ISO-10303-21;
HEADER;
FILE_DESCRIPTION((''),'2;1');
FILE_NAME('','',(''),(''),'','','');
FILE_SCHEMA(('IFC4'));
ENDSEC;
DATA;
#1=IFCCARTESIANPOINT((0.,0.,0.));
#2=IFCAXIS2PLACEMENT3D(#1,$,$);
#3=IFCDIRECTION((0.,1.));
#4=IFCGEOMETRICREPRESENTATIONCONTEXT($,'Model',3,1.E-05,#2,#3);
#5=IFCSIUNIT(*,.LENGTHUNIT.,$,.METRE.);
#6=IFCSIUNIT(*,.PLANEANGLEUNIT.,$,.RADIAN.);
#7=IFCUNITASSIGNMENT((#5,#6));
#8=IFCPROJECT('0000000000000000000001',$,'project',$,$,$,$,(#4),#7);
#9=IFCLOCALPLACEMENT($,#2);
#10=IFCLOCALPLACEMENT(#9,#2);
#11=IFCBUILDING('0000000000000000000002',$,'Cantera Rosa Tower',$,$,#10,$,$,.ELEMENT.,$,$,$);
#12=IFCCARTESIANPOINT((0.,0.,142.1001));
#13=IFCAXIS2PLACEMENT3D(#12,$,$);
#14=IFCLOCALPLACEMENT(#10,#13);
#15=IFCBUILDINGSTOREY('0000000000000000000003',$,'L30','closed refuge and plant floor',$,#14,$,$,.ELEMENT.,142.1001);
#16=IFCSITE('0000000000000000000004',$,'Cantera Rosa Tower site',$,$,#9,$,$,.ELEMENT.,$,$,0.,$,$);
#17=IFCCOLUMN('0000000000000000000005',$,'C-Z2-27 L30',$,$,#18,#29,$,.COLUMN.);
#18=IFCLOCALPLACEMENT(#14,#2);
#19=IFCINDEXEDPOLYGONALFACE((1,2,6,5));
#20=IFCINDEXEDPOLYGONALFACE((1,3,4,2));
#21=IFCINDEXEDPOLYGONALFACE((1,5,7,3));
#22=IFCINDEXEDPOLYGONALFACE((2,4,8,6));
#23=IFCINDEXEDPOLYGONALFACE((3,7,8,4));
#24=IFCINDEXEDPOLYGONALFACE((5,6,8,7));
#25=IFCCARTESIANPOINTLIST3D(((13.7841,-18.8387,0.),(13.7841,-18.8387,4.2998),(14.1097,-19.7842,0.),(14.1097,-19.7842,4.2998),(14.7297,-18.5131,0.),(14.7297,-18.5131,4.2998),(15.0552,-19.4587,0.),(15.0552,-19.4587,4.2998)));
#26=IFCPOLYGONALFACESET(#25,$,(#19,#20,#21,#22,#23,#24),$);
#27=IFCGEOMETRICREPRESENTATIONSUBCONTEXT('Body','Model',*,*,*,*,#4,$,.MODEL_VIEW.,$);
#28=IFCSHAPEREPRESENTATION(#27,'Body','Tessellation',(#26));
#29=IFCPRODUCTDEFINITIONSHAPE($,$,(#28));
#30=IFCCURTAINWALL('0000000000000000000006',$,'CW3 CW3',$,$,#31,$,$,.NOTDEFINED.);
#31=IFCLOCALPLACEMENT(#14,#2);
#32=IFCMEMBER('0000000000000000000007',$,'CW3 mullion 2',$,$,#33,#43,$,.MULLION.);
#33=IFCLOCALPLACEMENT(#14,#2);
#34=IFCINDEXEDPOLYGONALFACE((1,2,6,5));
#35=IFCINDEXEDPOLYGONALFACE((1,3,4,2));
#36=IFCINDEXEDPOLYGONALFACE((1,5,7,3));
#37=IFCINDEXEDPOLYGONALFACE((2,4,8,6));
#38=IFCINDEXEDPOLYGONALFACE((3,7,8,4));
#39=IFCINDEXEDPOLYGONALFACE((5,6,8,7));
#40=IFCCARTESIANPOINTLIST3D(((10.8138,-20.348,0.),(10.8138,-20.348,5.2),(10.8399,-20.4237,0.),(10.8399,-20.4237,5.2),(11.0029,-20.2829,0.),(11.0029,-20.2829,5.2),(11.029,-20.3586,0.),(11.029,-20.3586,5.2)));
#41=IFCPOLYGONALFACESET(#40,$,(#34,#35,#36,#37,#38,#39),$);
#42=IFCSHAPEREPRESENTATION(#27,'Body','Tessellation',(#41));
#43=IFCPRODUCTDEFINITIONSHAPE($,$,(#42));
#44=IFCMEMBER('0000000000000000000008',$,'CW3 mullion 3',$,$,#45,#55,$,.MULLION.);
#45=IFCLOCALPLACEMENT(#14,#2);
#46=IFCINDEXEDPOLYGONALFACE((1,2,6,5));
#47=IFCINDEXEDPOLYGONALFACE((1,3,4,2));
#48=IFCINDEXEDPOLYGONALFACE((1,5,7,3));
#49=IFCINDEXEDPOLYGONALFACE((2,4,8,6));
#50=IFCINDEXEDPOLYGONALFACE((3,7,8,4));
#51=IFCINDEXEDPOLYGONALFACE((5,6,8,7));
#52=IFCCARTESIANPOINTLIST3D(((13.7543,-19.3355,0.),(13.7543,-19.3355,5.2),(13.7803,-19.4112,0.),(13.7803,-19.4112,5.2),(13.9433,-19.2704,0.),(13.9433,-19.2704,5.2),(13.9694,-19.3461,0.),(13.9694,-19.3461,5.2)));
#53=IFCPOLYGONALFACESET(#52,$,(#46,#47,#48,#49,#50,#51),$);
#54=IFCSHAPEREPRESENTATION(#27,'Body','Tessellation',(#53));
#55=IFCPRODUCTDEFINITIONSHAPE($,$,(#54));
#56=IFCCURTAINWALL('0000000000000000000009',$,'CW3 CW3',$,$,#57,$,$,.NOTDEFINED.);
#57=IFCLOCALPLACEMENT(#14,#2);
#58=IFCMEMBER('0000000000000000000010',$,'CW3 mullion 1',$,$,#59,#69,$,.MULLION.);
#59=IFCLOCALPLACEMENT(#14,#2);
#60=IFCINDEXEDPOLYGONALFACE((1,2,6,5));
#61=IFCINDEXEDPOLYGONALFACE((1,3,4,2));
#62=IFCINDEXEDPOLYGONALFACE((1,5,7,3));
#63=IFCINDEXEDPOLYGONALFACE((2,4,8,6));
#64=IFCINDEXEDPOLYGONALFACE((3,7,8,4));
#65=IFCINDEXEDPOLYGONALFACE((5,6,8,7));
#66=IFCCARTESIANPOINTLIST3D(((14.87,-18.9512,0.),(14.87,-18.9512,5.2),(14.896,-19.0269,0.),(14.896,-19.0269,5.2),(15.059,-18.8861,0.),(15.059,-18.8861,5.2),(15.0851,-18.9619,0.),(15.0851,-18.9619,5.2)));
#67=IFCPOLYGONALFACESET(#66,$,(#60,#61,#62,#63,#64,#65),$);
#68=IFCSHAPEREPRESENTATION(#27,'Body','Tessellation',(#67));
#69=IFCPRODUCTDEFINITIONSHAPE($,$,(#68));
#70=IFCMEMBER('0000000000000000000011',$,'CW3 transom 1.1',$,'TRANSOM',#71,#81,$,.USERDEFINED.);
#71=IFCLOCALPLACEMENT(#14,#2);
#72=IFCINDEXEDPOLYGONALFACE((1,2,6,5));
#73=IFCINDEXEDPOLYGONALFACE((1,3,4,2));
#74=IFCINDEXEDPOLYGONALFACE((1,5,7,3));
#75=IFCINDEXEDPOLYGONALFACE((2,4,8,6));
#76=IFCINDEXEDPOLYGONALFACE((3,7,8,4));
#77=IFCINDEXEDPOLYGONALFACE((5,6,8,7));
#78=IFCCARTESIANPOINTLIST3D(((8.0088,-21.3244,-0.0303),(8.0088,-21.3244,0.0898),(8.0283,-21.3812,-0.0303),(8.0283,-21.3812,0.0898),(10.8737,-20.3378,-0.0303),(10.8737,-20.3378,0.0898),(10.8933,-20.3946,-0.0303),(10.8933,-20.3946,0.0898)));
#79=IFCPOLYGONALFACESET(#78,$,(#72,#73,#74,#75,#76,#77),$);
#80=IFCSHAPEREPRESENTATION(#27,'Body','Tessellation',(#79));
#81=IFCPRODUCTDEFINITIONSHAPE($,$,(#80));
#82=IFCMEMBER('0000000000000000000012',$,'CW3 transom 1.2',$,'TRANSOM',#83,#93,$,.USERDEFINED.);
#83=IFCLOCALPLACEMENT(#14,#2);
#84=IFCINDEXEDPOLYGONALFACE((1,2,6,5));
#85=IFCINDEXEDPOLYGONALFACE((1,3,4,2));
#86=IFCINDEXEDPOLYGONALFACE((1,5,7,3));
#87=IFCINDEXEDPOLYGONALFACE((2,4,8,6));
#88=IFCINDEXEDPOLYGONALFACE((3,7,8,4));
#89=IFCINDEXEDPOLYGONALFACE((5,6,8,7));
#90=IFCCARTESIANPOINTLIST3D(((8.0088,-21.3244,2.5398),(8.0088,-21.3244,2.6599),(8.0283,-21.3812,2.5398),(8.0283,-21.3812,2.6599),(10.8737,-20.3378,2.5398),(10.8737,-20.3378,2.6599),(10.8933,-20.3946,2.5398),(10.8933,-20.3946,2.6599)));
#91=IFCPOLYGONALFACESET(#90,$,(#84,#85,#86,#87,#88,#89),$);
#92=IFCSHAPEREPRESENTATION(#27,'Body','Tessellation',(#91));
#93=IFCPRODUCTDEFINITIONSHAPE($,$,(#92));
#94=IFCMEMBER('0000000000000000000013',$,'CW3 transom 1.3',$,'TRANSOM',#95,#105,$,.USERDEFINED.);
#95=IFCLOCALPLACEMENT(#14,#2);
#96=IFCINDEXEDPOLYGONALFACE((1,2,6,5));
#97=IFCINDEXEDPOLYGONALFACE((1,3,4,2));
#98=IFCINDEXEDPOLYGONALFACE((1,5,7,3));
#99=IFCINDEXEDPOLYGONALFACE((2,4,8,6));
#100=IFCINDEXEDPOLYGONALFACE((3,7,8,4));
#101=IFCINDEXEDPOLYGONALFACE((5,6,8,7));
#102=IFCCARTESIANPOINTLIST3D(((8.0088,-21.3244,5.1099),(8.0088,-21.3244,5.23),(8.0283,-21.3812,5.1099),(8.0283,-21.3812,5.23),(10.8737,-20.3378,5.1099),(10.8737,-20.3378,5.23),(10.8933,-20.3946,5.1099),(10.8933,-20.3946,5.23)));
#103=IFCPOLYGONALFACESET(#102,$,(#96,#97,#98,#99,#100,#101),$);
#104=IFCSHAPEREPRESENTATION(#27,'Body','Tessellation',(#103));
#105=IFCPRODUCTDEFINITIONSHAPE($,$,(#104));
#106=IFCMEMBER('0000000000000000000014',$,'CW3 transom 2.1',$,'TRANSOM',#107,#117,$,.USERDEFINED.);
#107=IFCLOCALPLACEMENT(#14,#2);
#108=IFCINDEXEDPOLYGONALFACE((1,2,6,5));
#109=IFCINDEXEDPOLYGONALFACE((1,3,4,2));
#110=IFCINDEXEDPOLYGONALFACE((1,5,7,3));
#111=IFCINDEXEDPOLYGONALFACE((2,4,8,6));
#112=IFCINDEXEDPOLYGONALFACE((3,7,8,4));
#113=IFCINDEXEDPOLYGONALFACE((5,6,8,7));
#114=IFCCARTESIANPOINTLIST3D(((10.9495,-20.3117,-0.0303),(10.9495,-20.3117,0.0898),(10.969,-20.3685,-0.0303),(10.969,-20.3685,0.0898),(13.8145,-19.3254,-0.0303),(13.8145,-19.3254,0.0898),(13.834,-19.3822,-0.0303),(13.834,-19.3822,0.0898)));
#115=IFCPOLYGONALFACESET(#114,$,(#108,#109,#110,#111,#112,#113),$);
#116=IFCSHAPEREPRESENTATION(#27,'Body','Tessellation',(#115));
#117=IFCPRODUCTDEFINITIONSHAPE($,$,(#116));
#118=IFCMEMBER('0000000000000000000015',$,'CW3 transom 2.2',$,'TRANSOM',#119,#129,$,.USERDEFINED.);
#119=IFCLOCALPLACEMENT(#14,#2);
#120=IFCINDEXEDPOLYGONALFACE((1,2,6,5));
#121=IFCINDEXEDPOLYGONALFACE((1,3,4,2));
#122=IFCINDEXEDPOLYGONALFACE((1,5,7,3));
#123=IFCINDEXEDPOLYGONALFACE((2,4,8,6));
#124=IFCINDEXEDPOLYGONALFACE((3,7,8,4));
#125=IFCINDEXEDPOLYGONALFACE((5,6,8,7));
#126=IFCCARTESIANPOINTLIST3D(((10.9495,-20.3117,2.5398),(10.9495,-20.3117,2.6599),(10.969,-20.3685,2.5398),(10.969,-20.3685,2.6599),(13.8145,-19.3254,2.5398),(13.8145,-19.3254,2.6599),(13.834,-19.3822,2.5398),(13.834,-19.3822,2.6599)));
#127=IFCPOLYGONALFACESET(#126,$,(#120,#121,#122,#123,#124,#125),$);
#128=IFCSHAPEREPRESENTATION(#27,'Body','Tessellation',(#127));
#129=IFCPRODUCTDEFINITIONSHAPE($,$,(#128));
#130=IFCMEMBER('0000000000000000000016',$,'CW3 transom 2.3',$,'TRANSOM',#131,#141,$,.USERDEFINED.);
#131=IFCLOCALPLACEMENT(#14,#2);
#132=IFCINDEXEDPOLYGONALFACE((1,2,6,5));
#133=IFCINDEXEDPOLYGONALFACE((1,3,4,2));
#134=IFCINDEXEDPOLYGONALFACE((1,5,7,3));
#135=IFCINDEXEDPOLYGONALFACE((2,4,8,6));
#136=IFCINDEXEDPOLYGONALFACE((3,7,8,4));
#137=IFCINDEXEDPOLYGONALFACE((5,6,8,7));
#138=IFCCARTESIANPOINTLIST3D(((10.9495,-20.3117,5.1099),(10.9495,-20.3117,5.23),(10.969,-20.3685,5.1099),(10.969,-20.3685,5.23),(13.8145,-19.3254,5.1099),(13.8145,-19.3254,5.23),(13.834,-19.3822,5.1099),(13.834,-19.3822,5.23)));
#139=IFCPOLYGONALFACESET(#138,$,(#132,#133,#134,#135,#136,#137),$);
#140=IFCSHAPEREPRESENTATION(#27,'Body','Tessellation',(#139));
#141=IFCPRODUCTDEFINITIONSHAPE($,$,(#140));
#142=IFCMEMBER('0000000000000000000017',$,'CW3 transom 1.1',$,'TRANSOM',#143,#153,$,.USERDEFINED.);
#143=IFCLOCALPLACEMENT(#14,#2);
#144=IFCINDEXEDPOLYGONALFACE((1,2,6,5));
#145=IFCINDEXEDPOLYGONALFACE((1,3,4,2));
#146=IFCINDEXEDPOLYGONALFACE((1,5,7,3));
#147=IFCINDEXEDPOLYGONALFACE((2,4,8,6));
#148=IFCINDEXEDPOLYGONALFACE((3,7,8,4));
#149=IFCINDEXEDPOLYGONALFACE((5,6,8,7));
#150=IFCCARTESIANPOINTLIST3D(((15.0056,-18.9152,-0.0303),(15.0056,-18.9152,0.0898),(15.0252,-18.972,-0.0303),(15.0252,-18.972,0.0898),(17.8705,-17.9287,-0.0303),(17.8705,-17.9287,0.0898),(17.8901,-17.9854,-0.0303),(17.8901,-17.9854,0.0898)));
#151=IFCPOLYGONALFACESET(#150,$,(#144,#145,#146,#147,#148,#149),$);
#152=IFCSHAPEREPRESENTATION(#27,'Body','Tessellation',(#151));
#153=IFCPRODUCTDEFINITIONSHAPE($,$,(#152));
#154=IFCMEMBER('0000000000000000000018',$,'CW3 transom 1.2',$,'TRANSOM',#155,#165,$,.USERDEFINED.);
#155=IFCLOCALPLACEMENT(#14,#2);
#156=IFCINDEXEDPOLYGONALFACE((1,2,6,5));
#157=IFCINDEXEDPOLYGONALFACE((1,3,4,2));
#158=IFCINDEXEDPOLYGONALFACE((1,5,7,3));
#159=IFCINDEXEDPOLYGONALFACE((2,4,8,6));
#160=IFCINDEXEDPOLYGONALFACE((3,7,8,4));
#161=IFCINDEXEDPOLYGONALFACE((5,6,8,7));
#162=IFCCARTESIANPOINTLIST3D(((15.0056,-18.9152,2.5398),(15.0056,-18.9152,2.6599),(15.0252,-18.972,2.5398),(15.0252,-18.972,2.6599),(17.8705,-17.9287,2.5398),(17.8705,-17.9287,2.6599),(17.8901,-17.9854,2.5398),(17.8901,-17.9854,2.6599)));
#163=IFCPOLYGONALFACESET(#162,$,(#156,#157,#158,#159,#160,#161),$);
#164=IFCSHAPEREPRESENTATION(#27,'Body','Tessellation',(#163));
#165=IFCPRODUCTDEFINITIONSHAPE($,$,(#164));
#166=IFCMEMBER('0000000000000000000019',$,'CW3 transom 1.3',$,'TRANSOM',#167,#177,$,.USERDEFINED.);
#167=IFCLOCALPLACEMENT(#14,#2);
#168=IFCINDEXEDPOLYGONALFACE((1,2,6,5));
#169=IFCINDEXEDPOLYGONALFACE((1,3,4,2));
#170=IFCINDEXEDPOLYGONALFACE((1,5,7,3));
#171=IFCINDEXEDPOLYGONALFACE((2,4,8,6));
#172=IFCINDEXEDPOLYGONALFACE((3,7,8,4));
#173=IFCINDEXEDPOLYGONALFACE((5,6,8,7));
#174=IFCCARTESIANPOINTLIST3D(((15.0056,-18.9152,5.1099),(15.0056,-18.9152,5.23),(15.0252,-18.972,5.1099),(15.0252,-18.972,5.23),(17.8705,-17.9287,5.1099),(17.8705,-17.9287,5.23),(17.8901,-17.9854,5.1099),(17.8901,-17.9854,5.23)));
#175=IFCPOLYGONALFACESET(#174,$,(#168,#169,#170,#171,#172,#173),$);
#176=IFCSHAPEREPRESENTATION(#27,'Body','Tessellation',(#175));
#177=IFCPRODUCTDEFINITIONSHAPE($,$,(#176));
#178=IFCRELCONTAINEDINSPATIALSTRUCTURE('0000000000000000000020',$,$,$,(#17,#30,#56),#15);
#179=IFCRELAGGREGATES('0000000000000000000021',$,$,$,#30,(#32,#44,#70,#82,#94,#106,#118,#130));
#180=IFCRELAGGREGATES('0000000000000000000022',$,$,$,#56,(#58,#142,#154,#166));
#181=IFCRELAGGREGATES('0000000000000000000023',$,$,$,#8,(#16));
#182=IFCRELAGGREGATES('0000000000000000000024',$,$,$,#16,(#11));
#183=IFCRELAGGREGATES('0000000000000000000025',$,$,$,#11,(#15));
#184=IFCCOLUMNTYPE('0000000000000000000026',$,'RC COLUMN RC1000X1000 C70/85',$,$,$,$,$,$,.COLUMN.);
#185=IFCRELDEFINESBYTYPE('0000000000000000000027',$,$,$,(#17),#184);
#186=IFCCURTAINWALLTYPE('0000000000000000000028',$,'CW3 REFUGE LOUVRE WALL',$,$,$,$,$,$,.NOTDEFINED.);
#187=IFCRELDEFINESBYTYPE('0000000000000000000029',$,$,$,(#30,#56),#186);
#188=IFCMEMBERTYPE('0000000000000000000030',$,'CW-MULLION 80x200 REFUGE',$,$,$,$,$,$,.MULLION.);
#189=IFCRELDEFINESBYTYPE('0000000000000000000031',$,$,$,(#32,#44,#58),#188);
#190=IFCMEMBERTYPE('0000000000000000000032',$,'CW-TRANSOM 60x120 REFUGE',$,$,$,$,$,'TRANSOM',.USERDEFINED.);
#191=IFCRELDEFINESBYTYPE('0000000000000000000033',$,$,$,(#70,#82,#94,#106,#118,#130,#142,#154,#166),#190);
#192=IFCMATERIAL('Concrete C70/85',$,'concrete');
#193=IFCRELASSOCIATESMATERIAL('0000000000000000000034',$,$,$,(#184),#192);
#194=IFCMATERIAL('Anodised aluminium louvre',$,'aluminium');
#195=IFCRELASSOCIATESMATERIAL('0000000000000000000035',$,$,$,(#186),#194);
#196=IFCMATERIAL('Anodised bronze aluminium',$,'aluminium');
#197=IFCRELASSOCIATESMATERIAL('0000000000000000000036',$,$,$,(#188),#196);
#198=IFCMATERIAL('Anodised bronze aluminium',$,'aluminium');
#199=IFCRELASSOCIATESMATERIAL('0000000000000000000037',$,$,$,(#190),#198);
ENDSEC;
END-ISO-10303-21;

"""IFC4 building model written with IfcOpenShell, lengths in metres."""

from ifc_helpers import new_model, si_unit, direction, frame, origin, origin_2d, place, context, subcontext, project, spatial, rectangle, extrude, material, material_profile, profile_set, type_object, element, aggregate, save


model = new_model("IFC4")

# Units and contexts
model_context = context("Model", 3, precision=1e-05, world=origin(), true_north=direction((0.0, 1.0)))
body_context = subcontext(model_context, "Body", "Model", "MODEL_VIEW")
ifc_project = project(units=[si_unit("LENGTHUNIT", "METRE"), si_unit("PLANEANGLEUNIT", "RADIAN")], contexts=[model_context])

# Site, building, storey
site_placement = place(None, origin())
site = spatial("IfcSite", under=ifc_project, at=site_placement, Name="Cantera Rosa Tower site", CompositionType="ELEMENT", RefElevation=0.0)
building_placement = place(site_placement, origin())
building = spatial("IfcBuilding", under=site, at=building_placement, Name="Cantera Rosa Tower", CompositionType="ELEMENT")
storey_placement = place(building_placement, frame((0.0, 0.0, 142.1001)))
storey = spatial("IfcBuildingStorey", under=building, at=storey_placement, Name="L30", Description="closed refuge and plant floor", CompositionType="ELEMENT", Elevation=142.1001)

# Column
ifc_material_1 = material(Name="Concrete C70/85", Category="concrete")
ifc_material_profile_1 = material_profile(ifc_material_1, rectangle(XDim=1.0, YDim=1.0, at=origin_2d()), Name="RC COLUMN RC1000X1000 C70/85")
ifc_profile_set_1 = profile_set([ifc_material_profile_1], Name="Concrete C70/85")
column_type = type_object("IfcColumnType", Name="RC COLUMN RC1000X1000 C70/85", PredefinedType="COLUMN", material=ifc_profile_set_1)
column_placement = place(storey_placement, frame((14.4197, -19.1487, 0.0), z_axis=(0.0, 0.0, 1.0), x_axis=(0.945519, 0.325568, 0.0)))
element("IfcColumn", 1, at=column_placement, inside=storey, type_object=column_type, Name="C-Z2-27 L30", PredefinedType="COLUMN", context=body_context, shape_type="SweptSolid", body=[
    extrude(rectangle(XDim=1.0, YDim=1.0, at=origin_2d()), origin(), (0.0, 0.0, 1.0), 4.2998),
])

# Curtain wall, members
ifc_material_2 = material(Name="Anodised aluminium louvre", Category="aluminium")
curtain_wall_type = type_object("IfcCurtainWallType", Name="CW3 REFUGE LOUVRE WALL", PredefinedType="NOTDEFINED", material=ifc_material_2)
curtain_wall_1_placement = place(storey_placement, origin())
curtain_wall_1 = element("IfcCurtainWall", 2, at=curtain_wall_1_placement, inside=storey, type_object=curtain_wall_type, Name="CW3 CW3", PredefinedType="NOTDEFINED")
ifc_material_3 = material(Name="Anodised bronze aluminium", Category="aluminium")
ifc_material_profile_2 = material_profile(ifc_material_3, rectangle(XDim=0.0801, YDim=0.2, at=origin_2d()), Name="CW-MULLION 80x200 REFUGE")
ifc_profile_set_2 = profile_set([ifc_material_profile_2], Name="Anodised bronze aluminium")
member_type_1 = type_object("IfcMemberType", Name="CW-MULLION 80x200 REFUGE", PredefinedType="MULLION", material=ifc_profile_set_2)
member_1_placement = place(storey_placement, frame((10.9214, -20.3533, 0.0), z_axis=(0.0, 0.0, 1.0), x_axis=(-0.325568, 0.945519, 0.0)))
member_1 = element("IfcMember", 3, at=member_1_placement, type_object=member_type_1, Name="CW3 mullion 2", PredefinedType="MULLION", context=body_context, shape_type="SweptSolid", body=[
    extrude(rectangle(XDim=0.0801, YDim=0.2, at=origin_2d()), origin(), (0.0, 0.0, 1.0), 5.2),
])
member_2_placement = place(storey_placement, frame((13.8618, -19.3408, 0.0), z_axis=(0.0, 0.0, 1.0), x_axis=(-0.325568, 0.945519, 0.0)))
member_2 = element("IfcMember", 4, at=member_2_placement, type_object=member_type_1, Name="CW3 mullion 3", PredefinedType="MULLION", context=body_context, shape_type="SweptSolid", body=[
    extrude(rectangle(XDim=0.0801, YDim=0.2, at=origin_2d()), origin(), (0.0, 0.0, 1.0), 5.2),
])

# Curtain wall, member
curtain_wall_2_placement = place(storey_placement, origin())
curtain_wall_2 = element("IfcCurtainWall", 5, at=curtain_wall_2_placement, inside=storey, type_object=curtain_wall_type, Name="CW3 CW3", PredefinedType="NOTDEFINED")
member_3_placement = place(storey_placement, frame((14.9775, -18.9565, 0.0), z_axis=(0.0, 0.0, 1.0), x_axis=(-0.325568, 0.945519, 0.0)))
member_3 = element("IfcMember", 6, at=member_3_placement, type_object=member_type_1, Name="CW3 mullion 1", PredefinedType="MULLION", context=body_context, shape_type="SweptSolid", body=[
    extrude(rectangle(XDim=0.0801, YDim=0.2, at=origin_2d()), origin(), (0.0, 0.0, 1.0), 5.2),
])

# Members
ifc_material_4 = material(Name="Anodised bronze aluminium", Category="aluminium")
ifc_material_profile_3 = material_profile(ifc_material_4, rectangle(XDim=0.0601, YDim=0.1201, at=origin_2d()), Name="CW-TRANSOM 60x120 REFUGE")
ifc_profile_set_3 = profile_set([ifc_material_profile_3], Name="Anodised bronze aluminium")
member_type_2 = type_object("IfcMemberType", Name="CW-TRANSOM 60x120 REFUGE", ElementType="TRANSOM", PredefinedType="USERDEFINED", material=ifc_profile_set_3)
member_4_placement = place(storey_placement, frame((8.0186, -21.3528, 0.0298), z_axis=(0.945511, 0.325591, 0.0), x_axis=(-0.325591, 0.945511, 0.0)))
member_4 = element("IfcMember", 7, at=member_4_placement, type_object=member_type_2, Name="CW3 transom 1.1", ObjectType="TRANSOM", PredefinedType="USERDEFINED", context=body_context, shape_type="SweptSolid", body=[
    extrude(rectangle(XDim=0.0601, YDim=0.1201, at=origin_2d()), origin(), (0.0, 0.0, 1.0), 3.03),
])
member_5_placement = place(storey_placement, frame((8.0186, -21.3528, 2.5999), z_axis=(0.945511, 0.325591, 0.0), x_axis=(-0.325591, 0.945511, 0.0)))
member_5 = element("IfcMember", 8, at=member_5_placement, type_object=member_type_2, Name="CW3 transom 1.2", ObjectType="TRANSOM", PredefinedType="USERDEFINED", context=body_context, shape_type="SweptSolid", body=[
    extrude(rectangle(XDim=0.0601, YDim=0.1201, at=origin_2d()), origin(), (0.0, 0.0, 1.0), 3.03),
])
member_6_placement = place(storey_placement, frame((8.0186, -21.3528, 5.1699), z_axis=(0.945511, 0.325591, 0.0), x_axis=(-0.325591, 0.945511, 0.0)))
member_6 = element("IfcMember", 9, at=member_6_placement, type_object=member_type_2, Name="CW3 transom 1.3", ObjectType="TRANSOM", PredefinedType="USERDEFINED", context=body_context, shape_type="SweptSolid", body=[
    extrude(rectangle(XDim=0.0601, YDim=0.1201, at=origin_2d()), origin(), (0.0, 0.0, 1.0), 3.03),
])
member_7_placement = place(storey_placement, frame((10.9592, -20.3401, 0.0298), z_axis=(0.945536, 0.325519, 0.0), x_axis=(-0.325519, 0.945536, 0.0)))
member_7 = element("IfcMember", 10, at=member_7_placement, type_object=member_type_2, Name="CW3 transom 2.1", ObjectType="TRANSOM", PredefinedType="USERDEFINED", context=body_context, shape_type="SweptSolid", body=[
    extrude(rectangle(XDim=0.0601, YDim=0.1201, at=origin_2d()), origin(), (0.0, 0.0, 1.0), 3.03),
])
member_8_placement = place(storey_placement, frame((10.9592, -20.3401, 2.5999), z_axis=(0.945536, 0.325519, 0.0), x_axis=(-0.325519, 0.945536, 0.0)))
member_8 = element("IfcMember", 11, at=member_8_placement, type_object=member_type_2, Name="CW3 transom 2.2", ObjectType="TRANSOM", PredefinedType="USERDEFINED", context=body_context, shape_type="SweptSolid", body=[
    extrude(rectangle(XDim=0.0601, YDim=0.1201, at=origin_2d()), origin(), (0.0, 0.0, 1.0), 3.03),
])
member_9_placement = place(storey_placement, frame((10.9592, -20.3401, 5.1699), z_axis=(0.945536, 0.325519, 0.0), x_axis=(-0.325519, 0.945536, 0.0)))
member_9 = element("IfcMember", 12, at=member_9_placement, type_object=member_type_2, Name="CW3 transom 2.3", ObjectType="TRANSOM", PredefinedType="USERDEFINED", context=body_context, shape_type="SweptSolid", body=[
    extrude(rectangle(XDim=0.0601, YDim=0.1201, at=origin_2d()), origin(), (0.0, 0.0, 1.0), 3.03),
])
member_10_placement = place(storey_placement, frame((15.0154, -18.9436, 0.0298), z_axis=(0.945511, 0.325591, 0.0), x_axis=(-0.325591, 0.945511, 0.0)))
member_10 = element("IfcMember", 13, at=member_10_placement, type_object=member_type_2, Name="CW3 transom 1.1", ObjectType="TRANSOM", PredefinedType="USERDEFINED", context=body_context, shape_type="SweptSolid", body=[
    extrude(rectangle(XDim=0.0601, YDim=0.1201, at=origin_2d()), origin(), (0.0, 0.0, 1.0), 3.03),
])
member_11_placement = place(storey_placement, frame((15.0154, -18.9436, 2.5999), z_axis=(0.945511, 0.325591, 0.0), x_axis=(-0.325591, 0.945511, 0.0)))
member_11 = element("IfcMember", 14, at=member_11_placement, type_object=member_type_2, Name="CW3 transom 1.2", ObjectType="TRANSOM", PredefinedType="USERDEFINED", context=body_context, shape_type="SweptSolid", body=[
    extrude(rectangle(XDim=0.0601, YDim=0.1201, at=origin_2d()), origin(), (0.0, 0.0, 1.0), 3.03),
])
member_12_placement = place(storey_placement, frame((15.0154, -18.9436, 5.1699), z_axis=(0.945511, 0.325591, 0.0), x_axis=(-0.325591, 0.945511, 0.0)))
member_12 = element("IfcMember", 15, at=member_12_placement, type_object=member_type_2, Name="CW3 transom 1.3", ObjectType="TRANSOM", PredefinedType="USERDEFINED", context=body_context, shape_type="SweptSolid", body=[
    extrude(rectangle(XDim=0.0601, YDim=0.1201, at=origin_2d()), origin(), (0.0, 0.0, 1.0), 3.03),
])

aggregate(curtain_wall_1, [member_1, member_2, member_4, member_5, member_6, member_7, member_8, member_9])
aggregate(curtain_wall_2, [member_3, member_10, member_11, member_12])

save(model, "model.ifc")
